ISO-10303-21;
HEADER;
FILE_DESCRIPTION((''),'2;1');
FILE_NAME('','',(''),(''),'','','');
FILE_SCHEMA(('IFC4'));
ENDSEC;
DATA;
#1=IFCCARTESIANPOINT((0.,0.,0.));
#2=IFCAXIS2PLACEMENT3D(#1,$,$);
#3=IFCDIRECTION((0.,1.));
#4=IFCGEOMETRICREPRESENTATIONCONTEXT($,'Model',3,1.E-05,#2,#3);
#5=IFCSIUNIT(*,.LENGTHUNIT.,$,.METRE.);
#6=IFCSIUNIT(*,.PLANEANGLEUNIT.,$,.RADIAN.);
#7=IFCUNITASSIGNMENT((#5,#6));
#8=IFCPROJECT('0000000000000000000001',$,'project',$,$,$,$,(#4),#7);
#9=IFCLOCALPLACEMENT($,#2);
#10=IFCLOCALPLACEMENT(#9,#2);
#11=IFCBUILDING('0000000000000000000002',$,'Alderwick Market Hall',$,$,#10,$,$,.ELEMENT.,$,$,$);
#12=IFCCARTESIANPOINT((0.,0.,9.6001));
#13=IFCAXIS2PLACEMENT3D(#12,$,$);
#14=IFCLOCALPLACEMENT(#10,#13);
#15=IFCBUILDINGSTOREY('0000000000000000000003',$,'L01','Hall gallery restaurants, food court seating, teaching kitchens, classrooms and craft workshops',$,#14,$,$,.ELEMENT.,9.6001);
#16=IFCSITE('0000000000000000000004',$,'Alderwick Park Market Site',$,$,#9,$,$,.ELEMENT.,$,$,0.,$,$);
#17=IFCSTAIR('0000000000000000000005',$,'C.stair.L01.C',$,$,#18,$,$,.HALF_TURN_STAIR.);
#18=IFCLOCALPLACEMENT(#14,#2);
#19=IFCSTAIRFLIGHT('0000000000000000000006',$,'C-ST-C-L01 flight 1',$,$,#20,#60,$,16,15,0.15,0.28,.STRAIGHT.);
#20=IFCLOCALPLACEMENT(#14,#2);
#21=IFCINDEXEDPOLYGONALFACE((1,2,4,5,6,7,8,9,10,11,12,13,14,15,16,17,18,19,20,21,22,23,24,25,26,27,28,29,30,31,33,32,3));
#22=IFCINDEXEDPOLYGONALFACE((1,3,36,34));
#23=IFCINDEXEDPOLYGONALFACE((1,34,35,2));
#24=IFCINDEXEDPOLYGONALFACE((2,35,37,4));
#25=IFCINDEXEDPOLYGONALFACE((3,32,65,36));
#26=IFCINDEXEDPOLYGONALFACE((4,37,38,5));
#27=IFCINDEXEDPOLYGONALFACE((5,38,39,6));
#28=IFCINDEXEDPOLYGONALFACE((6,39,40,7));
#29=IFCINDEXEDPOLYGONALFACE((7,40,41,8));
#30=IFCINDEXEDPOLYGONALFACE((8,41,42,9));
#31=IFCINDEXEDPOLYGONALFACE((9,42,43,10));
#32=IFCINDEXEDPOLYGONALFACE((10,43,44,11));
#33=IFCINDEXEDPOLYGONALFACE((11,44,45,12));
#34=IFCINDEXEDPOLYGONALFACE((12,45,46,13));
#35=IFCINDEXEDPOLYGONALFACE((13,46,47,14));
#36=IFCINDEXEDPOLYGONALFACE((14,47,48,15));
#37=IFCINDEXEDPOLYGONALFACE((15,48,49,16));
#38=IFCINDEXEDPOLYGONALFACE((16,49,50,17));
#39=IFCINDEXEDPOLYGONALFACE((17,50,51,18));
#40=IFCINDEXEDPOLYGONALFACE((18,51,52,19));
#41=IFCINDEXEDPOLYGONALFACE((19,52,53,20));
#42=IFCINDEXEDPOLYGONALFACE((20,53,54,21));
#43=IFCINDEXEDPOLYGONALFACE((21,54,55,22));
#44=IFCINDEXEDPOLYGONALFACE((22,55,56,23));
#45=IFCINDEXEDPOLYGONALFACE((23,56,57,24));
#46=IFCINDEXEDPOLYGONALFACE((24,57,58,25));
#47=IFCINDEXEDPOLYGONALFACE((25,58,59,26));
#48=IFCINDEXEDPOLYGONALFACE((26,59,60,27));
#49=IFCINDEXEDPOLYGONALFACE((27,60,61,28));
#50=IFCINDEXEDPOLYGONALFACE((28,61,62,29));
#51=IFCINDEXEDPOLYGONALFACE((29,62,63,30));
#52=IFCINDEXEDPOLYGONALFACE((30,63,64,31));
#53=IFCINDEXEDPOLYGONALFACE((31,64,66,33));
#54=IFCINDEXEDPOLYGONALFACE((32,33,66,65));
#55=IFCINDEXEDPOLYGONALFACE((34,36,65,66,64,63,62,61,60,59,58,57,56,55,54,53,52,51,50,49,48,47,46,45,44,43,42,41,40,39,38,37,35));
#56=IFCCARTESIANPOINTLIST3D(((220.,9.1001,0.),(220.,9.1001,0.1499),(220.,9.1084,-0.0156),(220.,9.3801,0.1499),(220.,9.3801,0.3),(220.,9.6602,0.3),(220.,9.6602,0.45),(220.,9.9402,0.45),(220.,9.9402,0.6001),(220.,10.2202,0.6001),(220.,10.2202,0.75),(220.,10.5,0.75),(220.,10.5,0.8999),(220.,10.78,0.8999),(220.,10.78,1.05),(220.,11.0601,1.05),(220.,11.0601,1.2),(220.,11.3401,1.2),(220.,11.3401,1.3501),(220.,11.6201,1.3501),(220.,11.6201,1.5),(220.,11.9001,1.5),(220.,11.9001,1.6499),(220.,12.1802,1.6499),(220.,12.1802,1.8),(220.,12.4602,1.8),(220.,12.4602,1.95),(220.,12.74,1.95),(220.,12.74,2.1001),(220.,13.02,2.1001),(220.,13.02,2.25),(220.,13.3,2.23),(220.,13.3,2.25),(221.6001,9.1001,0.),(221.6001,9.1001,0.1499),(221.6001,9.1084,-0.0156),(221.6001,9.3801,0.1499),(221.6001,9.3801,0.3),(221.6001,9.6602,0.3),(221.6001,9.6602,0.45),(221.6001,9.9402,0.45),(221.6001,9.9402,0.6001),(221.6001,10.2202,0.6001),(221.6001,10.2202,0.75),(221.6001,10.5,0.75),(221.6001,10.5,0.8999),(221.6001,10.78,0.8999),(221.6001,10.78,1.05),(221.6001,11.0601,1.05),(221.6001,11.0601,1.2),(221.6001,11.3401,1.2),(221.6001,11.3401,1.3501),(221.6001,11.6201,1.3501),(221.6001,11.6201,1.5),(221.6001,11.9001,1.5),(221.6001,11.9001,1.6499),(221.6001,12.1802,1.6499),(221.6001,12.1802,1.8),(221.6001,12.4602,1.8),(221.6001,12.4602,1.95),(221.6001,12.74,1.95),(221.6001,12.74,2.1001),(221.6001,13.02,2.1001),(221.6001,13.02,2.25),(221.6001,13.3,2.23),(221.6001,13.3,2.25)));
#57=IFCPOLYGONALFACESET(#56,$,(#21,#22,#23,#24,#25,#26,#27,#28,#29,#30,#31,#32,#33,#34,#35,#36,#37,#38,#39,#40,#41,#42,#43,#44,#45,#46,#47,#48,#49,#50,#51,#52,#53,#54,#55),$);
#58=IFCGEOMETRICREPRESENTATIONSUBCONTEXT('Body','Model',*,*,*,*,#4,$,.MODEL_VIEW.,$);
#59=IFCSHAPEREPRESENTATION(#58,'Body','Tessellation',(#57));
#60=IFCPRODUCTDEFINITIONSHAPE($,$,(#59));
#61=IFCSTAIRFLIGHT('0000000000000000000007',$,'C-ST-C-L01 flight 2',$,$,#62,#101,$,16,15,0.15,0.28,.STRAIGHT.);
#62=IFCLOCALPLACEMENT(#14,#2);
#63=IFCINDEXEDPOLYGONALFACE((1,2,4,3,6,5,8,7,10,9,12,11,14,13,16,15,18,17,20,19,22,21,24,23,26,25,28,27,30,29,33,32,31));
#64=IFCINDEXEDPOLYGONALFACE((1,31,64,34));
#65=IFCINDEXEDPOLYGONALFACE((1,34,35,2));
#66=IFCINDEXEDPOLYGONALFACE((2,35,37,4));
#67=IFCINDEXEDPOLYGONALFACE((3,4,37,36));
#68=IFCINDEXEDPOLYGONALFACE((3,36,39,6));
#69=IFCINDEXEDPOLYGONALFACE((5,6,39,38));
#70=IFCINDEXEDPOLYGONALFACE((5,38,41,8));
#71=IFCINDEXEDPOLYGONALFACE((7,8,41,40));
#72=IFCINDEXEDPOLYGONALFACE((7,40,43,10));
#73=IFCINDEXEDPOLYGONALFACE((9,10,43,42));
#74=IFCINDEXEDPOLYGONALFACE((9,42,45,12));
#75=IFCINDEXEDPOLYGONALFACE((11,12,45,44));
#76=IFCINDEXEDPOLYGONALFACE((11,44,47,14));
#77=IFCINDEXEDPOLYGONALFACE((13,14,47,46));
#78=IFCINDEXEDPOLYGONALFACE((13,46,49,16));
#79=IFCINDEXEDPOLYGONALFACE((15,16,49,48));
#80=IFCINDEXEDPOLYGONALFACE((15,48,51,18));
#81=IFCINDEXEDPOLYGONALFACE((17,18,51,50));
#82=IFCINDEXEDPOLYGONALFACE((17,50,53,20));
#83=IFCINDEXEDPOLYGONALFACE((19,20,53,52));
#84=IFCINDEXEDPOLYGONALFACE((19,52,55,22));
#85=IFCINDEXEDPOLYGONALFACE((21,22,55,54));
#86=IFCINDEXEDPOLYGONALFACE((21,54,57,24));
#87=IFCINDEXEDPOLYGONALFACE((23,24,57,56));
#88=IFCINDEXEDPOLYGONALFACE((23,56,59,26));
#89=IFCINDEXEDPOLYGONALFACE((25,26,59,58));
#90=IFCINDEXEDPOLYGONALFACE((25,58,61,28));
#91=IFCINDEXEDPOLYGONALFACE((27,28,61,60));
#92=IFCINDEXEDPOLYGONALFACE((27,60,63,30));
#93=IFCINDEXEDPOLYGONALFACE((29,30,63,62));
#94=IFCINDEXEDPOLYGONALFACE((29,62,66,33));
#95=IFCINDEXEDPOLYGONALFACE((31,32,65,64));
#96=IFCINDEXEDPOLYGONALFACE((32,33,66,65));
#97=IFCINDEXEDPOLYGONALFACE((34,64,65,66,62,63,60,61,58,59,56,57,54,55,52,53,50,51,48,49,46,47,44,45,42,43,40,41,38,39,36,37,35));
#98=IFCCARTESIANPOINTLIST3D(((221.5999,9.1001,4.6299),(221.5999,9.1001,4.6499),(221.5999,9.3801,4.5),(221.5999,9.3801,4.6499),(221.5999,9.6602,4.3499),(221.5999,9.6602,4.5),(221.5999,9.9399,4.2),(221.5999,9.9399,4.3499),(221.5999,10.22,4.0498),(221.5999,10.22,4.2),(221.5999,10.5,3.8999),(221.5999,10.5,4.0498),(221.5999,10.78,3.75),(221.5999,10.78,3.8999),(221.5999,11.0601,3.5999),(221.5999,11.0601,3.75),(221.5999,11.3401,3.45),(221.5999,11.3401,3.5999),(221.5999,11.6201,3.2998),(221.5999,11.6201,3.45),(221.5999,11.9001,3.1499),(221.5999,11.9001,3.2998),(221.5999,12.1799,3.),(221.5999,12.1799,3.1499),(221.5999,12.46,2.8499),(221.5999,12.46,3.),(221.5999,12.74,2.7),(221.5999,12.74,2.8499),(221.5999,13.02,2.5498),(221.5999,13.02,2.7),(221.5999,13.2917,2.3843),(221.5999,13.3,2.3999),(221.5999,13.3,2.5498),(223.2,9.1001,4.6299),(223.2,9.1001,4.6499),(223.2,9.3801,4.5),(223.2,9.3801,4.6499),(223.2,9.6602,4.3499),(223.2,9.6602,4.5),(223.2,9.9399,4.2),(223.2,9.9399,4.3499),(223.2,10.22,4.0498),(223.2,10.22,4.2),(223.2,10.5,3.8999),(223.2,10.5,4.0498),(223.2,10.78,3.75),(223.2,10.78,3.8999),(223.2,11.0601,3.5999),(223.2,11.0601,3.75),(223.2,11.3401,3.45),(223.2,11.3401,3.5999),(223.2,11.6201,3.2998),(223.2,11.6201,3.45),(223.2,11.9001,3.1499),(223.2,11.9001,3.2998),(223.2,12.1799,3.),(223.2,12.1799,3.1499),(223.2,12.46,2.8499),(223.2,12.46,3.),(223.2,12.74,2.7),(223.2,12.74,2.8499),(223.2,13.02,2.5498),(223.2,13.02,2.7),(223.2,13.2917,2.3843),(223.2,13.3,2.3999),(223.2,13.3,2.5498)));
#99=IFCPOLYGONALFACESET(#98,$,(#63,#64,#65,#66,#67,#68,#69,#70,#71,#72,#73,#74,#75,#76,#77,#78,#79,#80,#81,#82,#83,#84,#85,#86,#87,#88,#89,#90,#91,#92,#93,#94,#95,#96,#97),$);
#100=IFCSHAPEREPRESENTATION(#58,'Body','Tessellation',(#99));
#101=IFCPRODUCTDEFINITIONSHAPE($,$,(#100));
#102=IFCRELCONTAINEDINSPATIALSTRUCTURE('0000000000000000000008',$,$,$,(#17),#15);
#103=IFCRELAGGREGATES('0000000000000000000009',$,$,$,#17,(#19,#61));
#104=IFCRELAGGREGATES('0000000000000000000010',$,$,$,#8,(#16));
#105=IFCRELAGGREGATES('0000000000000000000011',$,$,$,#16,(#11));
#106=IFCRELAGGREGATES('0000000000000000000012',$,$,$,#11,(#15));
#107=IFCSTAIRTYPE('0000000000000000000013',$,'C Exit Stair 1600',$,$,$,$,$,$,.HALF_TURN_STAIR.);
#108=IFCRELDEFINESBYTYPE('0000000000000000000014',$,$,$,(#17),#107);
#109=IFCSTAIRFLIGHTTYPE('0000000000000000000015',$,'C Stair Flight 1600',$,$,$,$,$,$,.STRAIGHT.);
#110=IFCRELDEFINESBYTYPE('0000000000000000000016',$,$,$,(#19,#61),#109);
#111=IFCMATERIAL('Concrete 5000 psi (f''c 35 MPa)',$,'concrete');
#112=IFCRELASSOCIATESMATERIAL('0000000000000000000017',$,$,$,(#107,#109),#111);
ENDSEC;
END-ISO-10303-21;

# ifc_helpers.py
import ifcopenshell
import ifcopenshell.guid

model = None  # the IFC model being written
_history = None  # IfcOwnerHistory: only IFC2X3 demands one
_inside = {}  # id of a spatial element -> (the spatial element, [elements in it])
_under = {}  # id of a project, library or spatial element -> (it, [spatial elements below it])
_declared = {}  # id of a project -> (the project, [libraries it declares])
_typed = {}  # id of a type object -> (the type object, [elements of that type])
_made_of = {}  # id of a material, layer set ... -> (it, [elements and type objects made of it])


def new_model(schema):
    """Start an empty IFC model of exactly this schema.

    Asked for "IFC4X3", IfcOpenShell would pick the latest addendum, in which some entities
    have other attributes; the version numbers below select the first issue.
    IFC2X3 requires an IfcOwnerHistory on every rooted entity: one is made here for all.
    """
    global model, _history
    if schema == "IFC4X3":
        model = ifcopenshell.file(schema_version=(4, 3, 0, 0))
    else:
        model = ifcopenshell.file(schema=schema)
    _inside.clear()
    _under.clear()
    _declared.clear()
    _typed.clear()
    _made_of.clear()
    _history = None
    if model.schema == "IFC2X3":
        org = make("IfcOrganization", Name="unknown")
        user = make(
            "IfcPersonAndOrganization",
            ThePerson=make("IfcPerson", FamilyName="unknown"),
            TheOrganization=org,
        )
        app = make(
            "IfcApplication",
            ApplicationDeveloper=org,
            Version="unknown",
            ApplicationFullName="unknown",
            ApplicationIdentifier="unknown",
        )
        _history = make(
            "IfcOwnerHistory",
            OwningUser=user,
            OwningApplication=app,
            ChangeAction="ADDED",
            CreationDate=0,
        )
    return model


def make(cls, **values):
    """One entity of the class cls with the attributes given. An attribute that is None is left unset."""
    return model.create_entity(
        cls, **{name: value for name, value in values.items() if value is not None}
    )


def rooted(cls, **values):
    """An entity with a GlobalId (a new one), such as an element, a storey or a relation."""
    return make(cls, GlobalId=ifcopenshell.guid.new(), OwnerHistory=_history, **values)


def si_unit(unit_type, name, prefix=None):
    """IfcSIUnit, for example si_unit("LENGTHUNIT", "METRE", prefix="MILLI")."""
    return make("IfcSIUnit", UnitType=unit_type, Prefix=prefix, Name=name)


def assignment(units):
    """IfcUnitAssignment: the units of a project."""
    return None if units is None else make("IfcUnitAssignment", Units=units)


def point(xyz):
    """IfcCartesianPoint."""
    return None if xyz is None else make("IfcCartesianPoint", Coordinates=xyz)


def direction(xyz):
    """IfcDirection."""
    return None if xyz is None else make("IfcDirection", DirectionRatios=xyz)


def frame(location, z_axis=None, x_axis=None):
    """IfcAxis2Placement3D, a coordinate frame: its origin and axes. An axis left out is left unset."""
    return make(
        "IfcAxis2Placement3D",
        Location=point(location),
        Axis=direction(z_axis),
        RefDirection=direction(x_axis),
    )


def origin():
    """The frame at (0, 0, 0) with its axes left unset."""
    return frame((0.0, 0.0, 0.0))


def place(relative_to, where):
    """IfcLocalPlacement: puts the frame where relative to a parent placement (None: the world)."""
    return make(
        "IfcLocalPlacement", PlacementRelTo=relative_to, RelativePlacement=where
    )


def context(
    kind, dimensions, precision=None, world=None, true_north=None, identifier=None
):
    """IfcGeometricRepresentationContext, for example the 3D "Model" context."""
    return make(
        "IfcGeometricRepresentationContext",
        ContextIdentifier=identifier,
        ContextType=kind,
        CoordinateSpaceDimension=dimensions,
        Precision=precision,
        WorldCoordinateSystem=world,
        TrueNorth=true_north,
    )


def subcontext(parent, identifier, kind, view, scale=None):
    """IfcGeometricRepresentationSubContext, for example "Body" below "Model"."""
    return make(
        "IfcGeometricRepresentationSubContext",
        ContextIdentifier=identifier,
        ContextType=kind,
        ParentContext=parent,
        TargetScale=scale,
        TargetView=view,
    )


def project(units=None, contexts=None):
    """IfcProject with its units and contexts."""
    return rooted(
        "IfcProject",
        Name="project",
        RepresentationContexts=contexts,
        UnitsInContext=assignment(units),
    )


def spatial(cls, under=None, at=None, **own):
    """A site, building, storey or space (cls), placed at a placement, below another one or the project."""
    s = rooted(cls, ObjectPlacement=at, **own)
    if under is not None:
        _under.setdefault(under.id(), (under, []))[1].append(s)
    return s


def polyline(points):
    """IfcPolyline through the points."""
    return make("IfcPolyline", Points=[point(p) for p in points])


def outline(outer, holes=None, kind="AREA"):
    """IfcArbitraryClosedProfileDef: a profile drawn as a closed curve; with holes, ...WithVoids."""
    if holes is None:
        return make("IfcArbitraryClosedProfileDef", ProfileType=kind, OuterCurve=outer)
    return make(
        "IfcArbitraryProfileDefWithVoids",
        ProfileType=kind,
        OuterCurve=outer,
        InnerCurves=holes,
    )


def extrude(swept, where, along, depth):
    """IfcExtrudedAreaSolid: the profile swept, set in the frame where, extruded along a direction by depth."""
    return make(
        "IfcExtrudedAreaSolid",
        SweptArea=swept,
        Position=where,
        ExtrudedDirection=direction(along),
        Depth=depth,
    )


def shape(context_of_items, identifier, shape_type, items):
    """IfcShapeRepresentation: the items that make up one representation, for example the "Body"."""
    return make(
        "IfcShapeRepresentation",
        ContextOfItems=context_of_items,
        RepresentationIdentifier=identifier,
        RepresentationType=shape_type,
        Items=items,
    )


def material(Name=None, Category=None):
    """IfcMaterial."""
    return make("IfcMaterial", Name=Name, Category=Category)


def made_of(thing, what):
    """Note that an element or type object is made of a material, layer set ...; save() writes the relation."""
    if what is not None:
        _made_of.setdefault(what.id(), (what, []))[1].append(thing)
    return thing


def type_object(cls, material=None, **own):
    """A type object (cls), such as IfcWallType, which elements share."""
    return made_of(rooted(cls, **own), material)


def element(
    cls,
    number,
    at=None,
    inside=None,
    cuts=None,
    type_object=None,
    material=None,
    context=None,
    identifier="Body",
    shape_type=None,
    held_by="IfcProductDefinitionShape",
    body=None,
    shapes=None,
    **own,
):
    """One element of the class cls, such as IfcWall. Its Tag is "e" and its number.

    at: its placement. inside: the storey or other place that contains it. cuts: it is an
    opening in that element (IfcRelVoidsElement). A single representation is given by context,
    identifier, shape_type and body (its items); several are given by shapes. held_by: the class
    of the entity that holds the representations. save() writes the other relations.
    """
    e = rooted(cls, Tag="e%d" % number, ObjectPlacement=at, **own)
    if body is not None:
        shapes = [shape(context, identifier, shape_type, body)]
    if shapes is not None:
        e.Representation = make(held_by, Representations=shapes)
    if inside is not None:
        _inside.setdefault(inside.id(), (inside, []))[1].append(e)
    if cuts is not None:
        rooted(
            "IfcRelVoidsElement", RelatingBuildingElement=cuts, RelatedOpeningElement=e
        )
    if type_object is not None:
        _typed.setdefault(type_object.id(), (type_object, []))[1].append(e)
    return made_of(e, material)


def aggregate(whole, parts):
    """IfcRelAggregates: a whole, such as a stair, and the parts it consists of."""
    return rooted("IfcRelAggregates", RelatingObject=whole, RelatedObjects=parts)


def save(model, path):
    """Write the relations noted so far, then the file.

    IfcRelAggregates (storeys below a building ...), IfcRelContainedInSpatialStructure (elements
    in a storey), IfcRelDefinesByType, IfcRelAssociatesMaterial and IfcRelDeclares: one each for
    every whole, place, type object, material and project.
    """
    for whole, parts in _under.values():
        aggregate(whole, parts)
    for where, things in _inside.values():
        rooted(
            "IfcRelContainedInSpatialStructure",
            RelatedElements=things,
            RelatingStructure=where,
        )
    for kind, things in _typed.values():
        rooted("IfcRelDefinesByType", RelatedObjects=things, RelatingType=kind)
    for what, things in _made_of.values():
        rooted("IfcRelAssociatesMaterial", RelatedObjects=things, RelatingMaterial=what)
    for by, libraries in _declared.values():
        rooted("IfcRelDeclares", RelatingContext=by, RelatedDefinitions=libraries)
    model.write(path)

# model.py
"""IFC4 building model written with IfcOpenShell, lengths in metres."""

from ifc_helpers import new_model, si_unit, direction, frame, origin, place, context, subcontext, project, spatial, polyline, outline, extrude, material, type_object, element, aggregate, save


model = new_model("IFC4")

# Units and contexts
model_context = context("Model", 3, precision=1e-05, world=origin(), true_north=direction((0.0, 1.0)))
body_context = subcontext(model_context, "Body", "Model", "MODEL_VIEW")
ifc_project = project(units=[si_unit("LENGTHUNIT", "METRE"), si_unit("PLANEANGLEUNIT", "RADIAN")], contexts=[model_context])

# Site, building, storey
site_placement = place(None, origin())
site = spatial("IfcSite", under=ifc_project, at=site_placement, Name="Alderwick Park Market Site", CompositionType="ELEMENT", RefElevation=0.0)
building_placement = place(site_placement, origin())
building = spatial("IfcBuilding", under=site, at=building_placement, Name="Alderwick Market Hall", CompositionType="ELEMENT")
storey_placement = place(building_placement, frame((0.0, 0.0, 9.6001)))
storey = spatial("IfcBuildingStorey", under=building, at=storey_placement, Name="L01", Description="Hall gallery restaurants, food court seating, teaching kitchens, classrooms and craft workshops", CompositionType="ELEMENT", Elevation=9.6001)

# Shared definitions
ifc_material_1 = material(Name="Concrete 5000 psi (f'c 35 MPa)", Category="concrete")

# Stair, stair flights
stair_type = type_object("IfcStairType", Name="C Exit Stair 1600", PredefinedType="HALF_TURN_STAIR", material=ifc_material_1)
stair_placement = place(storey_placement, origin())
stair = element("IfcStair", 1, at=stair_placement, inside=storey, type_object=stair_type, Name="C.stair.L01.C", PredefinedType="HALF_TURN_STAIR")
stair_flight_type = type_object("IfcStairFlightType", Name="C Stair Flight 1600", PredefinedType="STRAIGHT", material=ifc_material_1)
stair_flight_1_placement = place(storey_placement, frame((220.8, 9.1001, 0.0), z_axis=(0.0, 0.0, 1.0), x_axis=(0.0, 1.0, 0.0)))
stair_flight_1 = element("IfcStairFlight", 2, at=stair_flight_1_placement, type_object=stair_flight_type, Name="C-ST-C-L01 flight 1", NumberOfRisers=16, NumberOfTreads=15, PredefinedType="STRAIGHT", RiserHeight=0.15, TreadLength=0.28, context=body_context, shape_type="SweptSolid", body=[
    extrude(outline(polyline([(0.0083, -0.0156), (0.0, 0.0), (0.0, 0.1499), (0.28, 0.1499), (0.28, 0.3), (0.5601, 0.3), (0.5601, 0.45), (0.8401, 0.45), (0.8401, 0.6001), (1.1201, 0.6001), (1.1201, 0.75), (1.3999, 0.75), (1.3999, 0.8999), (1.6799, 0.8999), (1.6799, 1.05), (1.96, 1.05), (1.96, 1.2), (2.24, 1.2), (2.24, 1.3501), (2.52, 1.3501), (2.52, 1.5), (2.8, 1.5), (2.8, 1.6499), (3.0801, 1.6499), (3.0801, 1.8), (3.3601, 1.8), (3.3601, 1.95), (3.6399, 1.95), (3.6399, 2.1001), (3.9199, 2.1001), (3.9199, 2.25), (4.2, 2.25), (4.2, 2.23), (0.0083, -0.0156)])), frame((0.0, 0.8, 0.0), z_axis=(0.0, -1.0, 0.0), x_axis=(1.0, 0.0, 0.0)), (0.0, 0.0, 1.0), 1.6001),
])
stair_flight_2_placement = place(storey_placement, frame((222.3999, 13.3, 2.3999), z_axis=(0.0, 0.0, 1.0), x_axis=(0.0, -1.0, 0.0)))
stair_flight_2 = element("IfcStairFlight", 3, at=stair_flight_2_placement, type_object=stair_flight_type, Name="C-ST-C-L01 flight 2", NumberOfRisers=16, NumberOfTreads=15, PredefinedType="STRAIGHT", RiserHeight=0.15, TreadLength=0.28, context=body_context, shape_type="SweptSolid", body=[
    extrude(outline(polyline([(0.0083, -0.0156), (0.0, 0.0), (0.0, 0.1499), (0.28, 0.1499), (0.28, 0.3), (0.5601, 0.3), (0.5601, 0.45), (0.8401, 0.45), (0.8401, 0.6001), (1.1201, 0.6001), (1.1201, 0.75), (1.3999, 0.75), (1.3999, 0.8999), (1.6799, 0.8999), (1.6799, 1.05), (1.96, 1.05), (1.96, 1.2), (2.24, 1.2), (2.24, 1.3501), (2.52, 1.3501), (2.52, 1.5), (2.8, 1.5), (2.8, 1.6499), (3.0801, 1.6499), (3.0801, 1.8), (3.3601, 1.8), (3.3601, 1.95), (3.6399, 1.95), (3.6399, 2.1001), (3.9199, 2.1001), (3.9199, 2.25), (4.2, 2.25), (4.2, 2.23), (0.0083, -0.0156)])), frame((0.0, 0.8, 0.0), z_axis=(0.0, -1.0, 0.0), x_axis=(1.0, 0.0, 0.0)), (0.0, 0.0, 1.0), 1.6001),
])
aggregate(stair, [stair_flight_1, stair_flight_2])

save(model, "model.ifc")
